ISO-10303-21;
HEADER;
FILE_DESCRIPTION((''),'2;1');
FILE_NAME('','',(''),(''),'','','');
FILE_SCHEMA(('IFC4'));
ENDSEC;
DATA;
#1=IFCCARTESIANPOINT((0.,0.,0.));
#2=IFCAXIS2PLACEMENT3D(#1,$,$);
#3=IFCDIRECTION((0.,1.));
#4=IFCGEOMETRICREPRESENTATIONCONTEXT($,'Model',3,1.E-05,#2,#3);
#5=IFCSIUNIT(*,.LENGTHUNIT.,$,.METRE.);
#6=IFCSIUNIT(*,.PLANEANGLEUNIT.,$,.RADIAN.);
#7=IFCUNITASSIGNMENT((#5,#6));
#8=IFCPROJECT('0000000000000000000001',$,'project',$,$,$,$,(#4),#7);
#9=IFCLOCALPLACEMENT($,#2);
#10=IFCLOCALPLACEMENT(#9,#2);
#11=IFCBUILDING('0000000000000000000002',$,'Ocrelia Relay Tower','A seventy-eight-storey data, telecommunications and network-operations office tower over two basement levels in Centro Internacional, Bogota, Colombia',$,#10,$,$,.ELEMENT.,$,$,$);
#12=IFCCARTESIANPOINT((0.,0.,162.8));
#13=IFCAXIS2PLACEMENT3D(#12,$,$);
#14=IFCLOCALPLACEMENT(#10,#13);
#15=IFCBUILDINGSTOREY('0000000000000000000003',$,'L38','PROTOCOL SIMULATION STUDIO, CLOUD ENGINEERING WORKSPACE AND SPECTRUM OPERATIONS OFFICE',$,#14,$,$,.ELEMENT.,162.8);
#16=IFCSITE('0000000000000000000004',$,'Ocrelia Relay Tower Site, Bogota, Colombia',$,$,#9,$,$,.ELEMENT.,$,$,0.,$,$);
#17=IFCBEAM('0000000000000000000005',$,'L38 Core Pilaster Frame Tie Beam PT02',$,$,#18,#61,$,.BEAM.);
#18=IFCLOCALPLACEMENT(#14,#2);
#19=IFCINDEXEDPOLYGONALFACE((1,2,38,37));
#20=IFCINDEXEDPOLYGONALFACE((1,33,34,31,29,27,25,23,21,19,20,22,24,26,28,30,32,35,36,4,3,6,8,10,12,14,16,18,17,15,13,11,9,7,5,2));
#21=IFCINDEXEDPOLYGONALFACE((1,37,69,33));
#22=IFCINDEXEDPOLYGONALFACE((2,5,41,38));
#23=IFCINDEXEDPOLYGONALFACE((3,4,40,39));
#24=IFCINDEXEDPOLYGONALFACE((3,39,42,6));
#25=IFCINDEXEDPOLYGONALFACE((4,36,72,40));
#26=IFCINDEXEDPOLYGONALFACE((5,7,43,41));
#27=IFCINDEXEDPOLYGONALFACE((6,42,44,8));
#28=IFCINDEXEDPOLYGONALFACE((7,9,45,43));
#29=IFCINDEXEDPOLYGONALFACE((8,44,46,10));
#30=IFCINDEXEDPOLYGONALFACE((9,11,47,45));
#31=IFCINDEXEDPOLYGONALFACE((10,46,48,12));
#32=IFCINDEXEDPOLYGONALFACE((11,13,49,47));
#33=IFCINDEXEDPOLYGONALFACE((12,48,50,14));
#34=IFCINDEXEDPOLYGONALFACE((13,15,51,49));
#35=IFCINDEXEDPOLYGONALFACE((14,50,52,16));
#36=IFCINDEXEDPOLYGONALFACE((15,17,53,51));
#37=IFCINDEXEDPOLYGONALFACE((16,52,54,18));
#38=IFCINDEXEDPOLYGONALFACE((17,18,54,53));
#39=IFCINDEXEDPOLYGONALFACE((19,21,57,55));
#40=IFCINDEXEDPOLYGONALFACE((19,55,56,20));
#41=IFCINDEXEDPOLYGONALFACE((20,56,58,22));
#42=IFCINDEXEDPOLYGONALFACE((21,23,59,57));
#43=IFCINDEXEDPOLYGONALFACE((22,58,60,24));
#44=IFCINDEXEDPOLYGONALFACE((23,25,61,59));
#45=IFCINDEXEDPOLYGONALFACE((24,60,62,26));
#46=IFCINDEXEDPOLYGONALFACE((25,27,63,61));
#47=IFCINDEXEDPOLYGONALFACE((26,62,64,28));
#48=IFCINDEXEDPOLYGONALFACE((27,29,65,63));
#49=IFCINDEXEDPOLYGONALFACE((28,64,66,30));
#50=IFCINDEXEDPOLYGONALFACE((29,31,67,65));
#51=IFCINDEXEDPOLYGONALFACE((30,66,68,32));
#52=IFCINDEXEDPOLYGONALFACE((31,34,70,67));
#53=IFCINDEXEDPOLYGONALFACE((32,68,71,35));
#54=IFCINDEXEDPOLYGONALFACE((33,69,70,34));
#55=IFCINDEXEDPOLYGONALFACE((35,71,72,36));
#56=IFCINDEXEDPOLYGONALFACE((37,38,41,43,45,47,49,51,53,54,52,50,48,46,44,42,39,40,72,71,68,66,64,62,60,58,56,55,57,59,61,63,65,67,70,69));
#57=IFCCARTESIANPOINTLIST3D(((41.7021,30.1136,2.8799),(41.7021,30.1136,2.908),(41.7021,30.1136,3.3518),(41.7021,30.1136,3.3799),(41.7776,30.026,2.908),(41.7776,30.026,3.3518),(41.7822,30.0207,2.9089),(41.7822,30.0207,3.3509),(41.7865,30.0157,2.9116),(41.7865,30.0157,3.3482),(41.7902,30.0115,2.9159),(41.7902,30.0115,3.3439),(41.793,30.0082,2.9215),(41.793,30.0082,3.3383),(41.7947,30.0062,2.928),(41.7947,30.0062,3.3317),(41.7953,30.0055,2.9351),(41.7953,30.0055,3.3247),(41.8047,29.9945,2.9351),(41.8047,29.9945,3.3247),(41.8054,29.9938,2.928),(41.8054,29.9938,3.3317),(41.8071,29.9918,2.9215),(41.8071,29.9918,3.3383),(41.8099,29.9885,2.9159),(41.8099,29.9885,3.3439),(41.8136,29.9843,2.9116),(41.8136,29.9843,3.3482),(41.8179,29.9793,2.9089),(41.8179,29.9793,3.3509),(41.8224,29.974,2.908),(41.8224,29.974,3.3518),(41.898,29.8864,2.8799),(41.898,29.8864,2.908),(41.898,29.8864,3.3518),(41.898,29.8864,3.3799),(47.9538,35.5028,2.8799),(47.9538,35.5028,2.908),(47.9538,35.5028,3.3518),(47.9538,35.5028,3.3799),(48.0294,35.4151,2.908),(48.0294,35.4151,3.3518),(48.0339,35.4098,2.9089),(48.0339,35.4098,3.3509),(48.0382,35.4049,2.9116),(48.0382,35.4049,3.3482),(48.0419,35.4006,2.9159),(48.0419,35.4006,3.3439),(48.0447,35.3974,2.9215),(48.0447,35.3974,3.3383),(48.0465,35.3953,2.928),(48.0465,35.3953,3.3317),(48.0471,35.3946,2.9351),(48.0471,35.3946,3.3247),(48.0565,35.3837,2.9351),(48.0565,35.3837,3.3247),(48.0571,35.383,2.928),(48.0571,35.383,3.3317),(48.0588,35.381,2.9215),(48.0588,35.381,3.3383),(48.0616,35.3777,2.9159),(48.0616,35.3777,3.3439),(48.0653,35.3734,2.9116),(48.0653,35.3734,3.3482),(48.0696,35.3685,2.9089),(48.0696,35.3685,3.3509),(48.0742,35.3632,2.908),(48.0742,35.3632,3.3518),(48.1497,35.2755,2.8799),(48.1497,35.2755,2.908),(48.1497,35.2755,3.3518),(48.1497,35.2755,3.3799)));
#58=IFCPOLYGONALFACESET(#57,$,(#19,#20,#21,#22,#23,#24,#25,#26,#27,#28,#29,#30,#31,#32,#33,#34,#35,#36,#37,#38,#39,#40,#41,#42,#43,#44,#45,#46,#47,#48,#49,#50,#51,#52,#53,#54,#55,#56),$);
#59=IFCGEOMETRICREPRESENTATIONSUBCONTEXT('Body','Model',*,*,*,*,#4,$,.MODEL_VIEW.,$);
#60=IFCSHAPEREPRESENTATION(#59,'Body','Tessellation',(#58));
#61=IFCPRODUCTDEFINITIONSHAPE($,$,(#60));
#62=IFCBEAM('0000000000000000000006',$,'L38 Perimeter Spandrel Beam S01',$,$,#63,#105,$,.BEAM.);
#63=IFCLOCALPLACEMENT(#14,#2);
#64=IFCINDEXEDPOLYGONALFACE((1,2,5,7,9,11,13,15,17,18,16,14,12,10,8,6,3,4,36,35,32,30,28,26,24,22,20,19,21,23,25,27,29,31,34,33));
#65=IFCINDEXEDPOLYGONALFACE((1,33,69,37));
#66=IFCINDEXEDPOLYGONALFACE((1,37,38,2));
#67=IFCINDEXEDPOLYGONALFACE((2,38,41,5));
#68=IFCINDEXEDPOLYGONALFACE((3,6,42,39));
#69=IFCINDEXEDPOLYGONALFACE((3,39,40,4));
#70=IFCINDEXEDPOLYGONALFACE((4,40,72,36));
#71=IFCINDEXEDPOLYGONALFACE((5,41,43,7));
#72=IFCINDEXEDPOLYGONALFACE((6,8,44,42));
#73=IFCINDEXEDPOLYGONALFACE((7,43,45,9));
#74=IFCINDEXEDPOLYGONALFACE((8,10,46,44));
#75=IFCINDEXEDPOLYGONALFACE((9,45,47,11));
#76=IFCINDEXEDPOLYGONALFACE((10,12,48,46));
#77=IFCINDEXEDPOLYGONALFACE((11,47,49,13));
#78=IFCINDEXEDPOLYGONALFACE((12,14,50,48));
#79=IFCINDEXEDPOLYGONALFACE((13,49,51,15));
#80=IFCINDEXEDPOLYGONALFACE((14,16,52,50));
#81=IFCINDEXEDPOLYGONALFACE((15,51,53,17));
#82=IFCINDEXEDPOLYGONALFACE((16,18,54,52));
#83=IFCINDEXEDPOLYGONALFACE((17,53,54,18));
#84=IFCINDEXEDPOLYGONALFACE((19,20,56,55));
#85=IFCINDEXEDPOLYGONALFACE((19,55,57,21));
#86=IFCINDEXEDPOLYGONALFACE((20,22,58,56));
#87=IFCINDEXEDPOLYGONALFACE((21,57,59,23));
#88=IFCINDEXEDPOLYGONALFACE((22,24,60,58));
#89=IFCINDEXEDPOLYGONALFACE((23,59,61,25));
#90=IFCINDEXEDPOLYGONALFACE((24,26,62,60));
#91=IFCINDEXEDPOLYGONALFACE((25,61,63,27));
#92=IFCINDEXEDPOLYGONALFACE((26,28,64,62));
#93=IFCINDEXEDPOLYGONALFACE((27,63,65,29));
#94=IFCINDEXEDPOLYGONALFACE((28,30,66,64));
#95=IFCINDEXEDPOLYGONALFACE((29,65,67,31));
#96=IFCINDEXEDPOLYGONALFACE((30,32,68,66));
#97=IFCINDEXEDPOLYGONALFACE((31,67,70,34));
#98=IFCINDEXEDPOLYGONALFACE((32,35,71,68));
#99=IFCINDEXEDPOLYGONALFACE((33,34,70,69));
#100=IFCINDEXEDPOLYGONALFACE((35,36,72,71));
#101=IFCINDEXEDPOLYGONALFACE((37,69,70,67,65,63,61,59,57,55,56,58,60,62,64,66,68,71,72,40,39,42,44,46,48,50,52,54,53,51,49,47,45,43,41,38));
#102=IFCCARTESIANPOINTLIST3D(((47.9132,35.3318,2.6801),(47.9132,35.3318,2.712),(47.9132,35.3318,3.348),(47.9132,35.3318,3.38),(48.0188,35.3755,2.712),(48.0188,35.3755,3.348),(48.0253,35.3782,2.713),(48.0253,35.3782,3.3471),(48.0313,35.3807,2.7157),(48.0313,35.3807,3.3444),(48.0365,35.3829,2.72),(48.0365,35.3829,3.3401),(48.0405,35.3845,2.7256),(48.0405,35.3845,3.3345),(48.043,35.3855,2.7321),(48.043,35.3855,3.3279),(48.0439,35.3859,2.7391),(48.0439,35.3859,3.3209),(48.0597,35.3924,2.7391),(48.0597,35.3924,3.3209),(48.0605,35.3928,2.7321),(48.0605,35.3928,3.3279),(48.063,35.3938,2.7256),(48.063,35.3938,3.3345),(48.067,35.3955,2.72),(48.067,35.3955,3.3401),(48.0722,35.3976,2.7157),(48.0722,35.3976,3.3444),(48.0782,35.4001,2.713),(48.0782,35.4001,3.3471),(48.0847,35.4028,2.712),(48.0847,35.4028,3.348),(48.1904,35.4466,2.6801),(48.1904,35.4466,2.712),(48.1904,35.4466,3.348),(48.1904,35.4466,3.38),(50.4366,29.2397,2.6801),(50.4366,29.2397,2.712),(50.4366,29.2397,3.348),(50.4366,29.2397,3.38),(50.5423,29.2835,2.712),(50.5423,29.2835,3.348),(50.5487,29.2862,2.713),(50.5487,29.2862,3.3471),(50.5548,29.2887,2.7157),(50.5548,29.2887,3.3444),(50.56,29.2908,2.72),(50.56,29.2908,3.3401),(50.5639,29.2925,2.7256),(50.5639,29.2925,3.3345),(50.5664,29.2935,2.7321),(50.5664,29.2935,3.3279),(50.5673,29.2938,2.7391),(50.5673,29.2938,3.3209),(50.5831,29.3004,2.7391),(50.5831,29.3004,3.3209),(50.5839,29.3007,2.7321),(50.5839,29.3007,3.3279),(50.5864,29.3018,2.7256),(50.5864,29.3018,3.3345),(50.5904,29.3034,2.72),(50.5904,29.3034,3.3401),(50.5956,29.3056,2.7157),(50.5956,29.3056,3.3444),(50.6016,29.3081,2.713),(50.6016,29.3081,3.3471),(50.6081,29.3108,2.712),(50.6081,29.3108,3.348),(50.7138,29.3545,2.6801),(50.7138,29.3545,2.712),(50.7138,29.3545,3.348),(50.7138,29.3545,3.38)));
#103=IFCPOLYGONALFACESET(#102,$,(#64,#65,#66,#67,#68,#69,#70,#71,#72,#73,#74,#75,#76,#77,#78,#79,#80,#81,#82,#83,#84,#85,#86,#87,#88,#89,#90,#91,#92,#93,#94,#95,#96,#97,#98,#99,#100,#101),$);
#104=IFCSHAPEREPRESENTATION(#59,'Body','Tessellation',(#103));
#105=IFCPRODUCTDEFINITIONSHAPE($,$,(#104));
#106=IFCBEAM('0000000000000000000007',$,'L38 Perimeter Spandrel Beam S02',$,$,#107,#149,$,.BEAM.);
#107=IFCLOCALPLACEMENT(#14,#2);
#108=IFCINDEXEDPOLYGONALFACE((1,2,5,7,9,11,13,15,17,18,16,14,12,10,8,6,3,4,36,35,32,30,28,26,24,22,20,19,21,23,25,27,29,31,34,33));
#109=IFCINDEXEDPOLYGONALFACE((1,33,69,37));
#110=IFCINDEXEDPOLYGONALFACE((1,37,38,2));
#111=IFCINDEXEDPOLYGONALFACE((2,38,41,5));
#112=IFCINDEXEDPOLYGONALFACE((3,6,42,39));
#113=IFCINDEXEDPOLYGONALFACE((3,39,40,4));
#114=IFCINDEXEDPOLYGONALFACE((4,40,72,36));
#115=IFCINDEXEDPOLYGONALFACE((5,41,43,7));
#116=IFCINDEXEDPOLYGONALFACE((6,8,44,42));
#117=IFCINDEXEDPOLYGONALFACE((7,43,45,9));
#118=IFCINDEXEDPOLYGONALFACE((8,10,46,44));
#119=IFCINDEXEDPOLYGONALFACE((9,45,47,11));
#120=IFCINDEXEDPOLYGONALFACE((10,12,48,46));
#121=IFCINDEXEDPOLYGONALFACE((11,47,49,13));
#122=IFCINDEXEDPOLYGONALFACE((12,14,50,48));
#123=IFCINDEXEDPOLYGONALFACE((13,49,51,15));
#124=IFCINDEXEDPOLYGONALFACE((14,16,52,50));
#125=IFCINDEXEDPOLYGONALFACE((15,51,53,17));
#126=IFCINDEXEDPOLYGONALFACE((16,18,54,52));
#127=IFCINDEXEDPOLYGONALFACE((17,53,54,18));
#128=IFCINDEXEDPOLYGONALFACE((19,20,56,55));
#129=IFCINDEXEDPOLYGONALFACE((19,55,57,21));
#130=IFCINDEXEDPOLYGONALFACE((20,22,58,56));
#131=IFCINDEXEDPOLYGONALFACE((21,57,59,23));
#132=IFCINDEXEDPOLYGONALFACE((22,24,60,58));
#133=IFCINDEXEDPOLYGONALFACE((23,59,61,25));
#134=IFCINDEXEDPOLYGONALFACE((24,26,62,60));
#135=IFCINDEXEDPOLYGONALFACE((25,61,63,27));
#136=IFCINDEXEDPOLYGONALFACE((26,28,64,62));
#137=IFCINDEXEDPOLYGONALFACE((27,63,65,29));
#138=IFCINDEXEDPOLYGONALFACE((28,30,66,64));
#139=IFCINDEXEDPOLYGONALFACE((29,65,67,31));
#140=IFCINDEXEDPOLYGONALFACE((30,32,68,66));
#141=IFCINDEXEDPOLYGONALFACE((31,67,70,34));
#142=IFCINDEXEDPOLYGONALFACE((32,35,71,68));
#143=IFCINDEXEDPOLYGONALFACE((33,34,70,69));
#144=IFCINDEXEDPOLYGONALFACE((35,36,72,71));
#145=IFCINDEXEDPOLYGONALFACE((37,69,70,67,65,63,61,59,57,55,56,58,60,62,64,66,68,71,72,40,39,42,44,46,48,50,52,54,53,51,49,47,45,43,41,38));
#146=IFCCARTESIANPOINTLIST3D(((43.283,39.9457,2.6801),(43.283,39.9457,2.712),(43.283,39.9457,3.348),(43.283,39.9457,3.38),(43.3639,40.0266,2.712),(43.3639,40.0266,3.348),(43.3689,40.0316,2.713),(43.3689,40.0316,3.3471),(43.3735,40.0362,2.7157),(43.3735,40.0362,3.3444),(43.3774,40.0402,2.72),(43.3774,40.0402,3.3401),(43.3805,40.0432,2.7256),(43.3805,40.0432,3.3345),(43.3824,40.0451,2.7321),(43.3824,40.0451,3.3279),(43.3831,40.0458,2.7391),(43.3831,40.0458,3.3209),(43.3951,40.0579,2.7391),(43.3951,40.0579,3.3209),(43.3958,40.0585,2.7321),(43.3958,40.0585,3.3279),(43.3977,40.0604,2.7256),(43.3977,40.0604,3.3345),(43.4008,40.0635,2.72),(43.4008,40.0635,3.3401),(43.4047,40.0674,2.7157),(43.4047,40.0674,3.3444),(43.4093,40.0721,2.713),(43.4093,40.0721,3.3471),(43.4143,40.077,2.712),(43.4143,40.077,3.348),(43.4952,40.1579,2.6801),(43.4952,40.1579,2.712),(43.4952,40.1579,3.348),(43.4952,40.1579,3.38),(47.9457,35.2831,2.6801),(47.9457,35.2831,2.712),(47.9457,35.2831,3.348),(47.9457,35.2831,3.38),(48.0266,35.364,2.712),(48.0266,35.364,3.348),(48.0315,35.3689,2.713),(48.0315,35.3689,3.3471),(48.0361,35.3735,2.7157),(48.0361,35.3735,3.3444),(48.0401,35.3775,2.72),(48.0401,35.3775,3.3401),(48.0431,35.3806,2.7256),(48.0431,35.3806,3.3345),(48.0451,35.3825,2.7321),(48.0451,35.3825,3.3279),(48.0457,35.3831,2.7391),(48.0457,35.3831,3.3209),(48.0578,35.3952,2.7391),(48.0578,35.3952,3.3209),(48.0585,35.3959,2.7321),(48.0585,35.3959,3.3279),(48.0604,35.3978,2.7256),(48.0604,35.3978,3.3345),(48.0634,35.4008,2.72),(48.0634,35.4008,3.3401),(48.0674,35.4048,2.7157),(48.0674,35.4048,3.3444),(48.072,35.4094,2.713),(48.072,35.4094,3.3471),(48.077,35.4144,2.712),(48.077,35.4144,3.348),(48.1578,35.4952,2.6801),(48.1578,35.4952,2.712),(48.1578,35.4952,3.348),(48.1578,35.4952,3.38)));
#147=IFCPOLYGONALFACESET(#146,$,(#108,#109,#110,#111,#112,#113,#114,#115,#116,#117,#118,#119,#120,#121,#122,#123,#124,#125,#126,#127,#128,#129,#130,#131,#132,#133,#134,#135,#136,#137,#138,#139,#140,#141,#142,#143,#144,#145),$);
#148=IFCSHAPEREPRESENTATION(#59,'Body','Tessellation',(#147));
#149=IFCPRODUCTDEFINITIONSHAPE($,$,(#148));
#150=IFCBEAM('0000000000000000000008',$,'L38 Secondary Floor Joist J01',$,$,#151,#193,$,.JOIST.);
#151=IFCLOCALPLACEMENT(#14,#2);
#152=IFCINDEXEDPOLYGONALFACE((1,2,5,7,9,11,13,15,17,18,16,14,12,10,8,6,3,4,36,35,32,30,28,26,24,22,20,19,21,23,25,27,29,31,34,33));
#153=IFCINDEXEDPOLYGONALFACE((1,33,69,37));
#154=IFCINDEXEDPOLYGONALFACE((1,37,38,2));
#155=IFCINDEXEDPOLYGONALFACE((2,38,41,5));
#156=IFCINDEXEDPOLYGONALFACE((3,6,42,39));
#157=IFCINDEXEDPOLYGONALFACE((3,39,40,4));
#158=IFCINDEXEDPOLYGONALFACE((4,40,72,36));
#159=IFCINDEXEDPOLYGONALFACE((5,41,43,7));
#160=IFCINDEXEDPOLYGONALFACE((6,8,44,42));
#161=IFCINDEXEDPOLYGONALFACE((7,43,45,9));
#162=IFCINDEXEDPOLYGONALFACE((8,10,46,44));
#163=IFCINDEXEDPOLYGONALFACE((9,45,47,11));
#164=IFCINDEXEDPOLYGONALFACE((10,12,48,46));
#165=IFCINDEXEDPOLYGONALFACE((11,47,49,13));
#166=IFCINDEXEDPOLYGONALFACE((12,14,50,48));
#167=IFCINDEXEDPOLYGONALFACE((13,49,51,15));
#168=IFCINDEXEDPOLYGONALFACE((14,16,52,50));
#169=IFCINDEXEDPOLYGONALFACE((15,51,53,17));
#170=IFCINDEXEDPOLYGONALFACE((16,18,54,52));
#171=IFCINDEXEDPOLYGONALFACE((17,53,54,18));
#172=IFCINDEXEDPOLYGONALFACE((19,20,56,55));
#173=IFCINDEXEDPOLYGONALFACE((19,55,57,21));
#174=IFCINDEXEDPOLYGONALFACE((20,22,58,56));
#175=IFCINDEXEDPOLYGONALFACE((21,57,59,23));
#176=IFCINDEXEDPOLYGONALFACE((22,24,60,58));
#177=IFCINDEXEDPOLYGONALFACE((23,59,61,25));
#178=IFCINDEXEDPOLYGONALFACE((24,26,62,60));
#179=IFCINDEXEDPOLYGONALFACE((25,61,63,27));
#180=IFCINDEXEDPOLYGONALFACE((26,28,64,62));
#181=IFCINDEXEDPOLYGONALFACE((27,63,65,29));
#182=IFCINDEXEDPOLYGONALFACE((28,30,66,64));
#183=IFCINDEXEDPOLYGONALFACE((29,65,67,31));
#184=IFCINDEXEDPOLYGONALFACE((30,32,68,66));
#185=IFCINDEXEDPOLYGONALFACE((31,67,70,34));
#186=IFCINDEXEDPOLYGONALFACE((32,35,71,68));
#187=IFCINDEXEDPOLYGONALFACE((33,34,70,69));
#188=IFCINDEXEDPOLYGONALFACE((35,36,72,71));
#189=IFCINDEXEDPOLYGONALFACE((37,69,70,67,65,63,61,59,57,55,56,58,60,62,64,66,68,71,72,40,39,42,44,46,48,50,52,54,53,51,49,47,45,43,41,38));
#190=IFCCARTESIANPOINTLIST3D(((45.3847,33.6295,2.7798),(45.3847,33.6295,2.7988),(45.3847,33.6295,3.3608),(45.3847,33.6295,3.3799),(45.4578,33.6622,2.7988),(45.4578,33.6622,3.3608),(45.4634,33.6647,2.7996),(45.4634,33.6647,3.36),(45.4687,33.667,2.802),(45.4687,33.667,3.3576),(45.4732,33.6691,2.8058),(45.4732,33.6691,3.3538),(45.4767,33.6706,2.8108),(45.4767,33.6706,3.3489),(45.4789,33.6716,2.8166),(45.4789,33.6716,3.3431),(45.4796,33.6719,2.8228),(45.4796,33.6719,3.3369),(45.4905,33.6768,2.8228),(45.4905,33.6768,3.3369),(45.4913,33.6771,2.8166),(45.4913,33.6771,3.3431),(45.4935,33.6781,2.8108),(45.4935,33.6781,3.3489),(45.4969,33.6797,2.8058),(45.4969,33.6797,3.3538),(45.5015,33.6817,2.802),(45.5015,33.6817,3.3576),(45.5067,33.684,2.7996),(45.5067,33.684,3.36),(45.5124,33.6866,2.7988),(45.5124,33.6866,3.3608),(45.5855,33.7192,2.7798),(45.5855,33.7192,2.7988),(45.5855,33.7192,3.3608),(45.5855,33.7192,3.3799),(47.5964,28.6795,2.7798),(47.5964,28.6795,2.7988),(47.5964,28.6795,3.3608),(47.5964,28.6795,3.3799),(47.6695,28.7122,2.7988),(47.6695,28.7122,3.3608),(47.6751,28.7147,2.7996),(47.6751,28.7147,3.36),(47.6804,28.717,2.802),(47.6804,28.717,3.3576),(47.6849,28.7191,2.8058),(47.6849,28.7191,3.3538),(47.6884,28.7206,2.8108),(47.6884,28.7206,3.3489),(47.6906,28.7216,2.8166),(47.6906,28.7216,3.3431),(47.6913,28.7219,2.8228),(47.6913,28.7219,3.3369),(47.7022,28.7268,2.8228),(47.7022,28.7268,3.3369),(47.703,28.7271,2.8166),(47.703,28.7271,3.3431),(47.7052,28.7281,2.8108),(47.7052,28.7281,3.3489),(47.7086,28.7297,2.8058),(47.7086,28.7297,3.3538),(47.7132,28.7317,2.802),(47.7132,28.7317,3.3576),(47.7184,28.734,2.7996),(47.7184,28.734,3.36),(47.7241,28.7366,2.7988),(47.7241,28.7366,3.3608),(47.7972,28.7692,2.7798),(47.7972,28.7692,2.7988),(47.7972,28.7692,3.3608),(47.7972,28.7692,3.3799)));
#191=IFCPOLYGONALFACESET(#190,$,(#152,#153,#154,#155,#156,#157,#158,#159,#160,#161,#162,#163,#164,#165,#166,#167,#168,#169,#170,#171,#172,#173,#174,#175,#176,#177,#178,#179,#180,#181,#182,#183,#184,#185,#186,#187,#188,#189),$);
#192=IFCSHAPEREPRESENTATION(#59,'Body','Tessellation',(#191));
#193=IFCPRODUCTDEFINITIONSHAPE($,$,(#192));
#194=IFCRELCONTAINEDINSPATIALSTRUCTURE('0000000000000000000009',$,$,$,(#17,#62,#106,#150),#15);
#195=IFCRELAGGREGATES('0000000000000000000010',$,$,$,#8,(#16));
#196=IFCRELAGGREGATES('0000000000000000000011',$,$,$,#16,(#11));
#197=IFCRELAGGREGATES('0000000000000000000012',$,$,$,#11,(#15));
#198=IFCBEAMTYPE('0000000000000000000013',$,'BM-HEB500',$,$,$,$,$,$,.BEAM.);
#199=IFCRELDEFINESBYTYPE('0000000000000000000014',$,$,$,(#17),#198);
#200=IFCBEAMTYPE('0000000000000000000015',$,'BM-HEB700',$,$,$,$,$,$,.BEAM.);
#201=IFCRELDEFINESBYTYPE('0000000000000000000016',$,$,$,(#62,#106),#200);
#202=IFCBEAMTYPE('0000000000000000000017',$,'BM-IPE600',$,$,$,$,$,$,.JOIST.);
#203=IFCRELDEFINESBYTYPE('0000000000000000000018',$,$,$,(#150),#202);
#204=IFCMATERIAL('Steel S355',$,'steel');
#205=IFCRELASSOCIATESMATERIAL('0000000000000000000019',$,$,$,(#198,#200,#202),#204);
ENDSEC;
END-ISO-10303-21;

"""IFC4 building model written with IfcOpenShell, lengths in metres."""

from ifc_helpers import new_model, si_unit, direction, frame, origin, origin_2d, place, context, subcontext, project, spatial, i_section, extrude, material, material_profile, profile_set, type_object, element, save


model = new_model("IFC4")

# Units and contexts
model_context = context("Model", 3, precision=1e-05, world=origin(), true_north=direction((0.0, 1.0)))
body_context = subcontext(model_context, "Body", "Model", "MODEL_VIEW")
ifc_project = project(units=[si_unit("LENGTHUNIT", "METRE"), si_unit("PLANEANGLEUNIT", "RADIAN")], contexts=[model_context])

# Site, building, storey
site_placement = place(None, origin())
site = spatial("IfcSite", under=ifc_project, at=site_placement, Name="Ocrelia Relay Tower Site, Bogota, Colombia", CompositionType="ELEMENT", RefElevation=0.0)
building_placement = place(site_placement, origin())
building = spatial("IfcBuilding", under=site, at=building_placement, Name="Ocrelia Relay Tower", Description="A seventy-eight-storey data, telecommunications and network-operations office tower over two basement levels in Centro Internacional, Bogota, Colombia", CompositionType="ELEMENT")
storey_placement = place(building_placement, frame((0.0, 0.0, 162.8)))
storey = spatial("IfcBuildingStorey", under=building, at=storey_placement, Name="L38", Description="PROTOCOL SIMULATION STUDIO, CLOUD ENGINEERING WORKSPACE AND SPECTRUM OPERATIONS OFFICE", CompositionType="ELEMENT", Elevation=162.8)

# Beams
ifc_material_1 = material(Name="Steel S355", Category="steel")
ifc_material_profile_1 = material_profile(ifc_material_1, i_section(OverallWidth=0.3, OverallDepth=0.5, WebThickness=0.0144, FlangeThickness=0.0281, FilletRadius=0.0271, at=origin_2d()), Name="HEB 500")
ifc_profile_set_1 = profile_set([ifc_material_profile_1], Name="Steel S355")
beam_type_1 = type_object("IfcBeamType", Name="BM-HEB500", PredefinedType="BEAM", material=ifc_profile_set_1)
beam_1_placement = place(storey_placement, frame((48.0518, 35.3892, 3.1299), z_axis=(-0.757425, -0.652923, 0.0), x_axis=(0.652923, -0.757425, 0.0)))
element("IfcBeam", 1, at=beam_1_placement, inside=storey, type_object=beam_type_1, Name="L38 Core Pilaster Frame Tie Beam PT02", PredefinedType="BEAM", context=body_context, shape_type="SweptSolid", body=[
    extrude(i_section(OverallWidth=0.3, OverallDepth=0.5, WebThickness=0.0144, FlangeThickness=0.0281, FilletRadius=0.0271, at=origin_2d()), origin(), (0.0, 0.0, 1.0), 8.2539),
])
ifc_material_profile_2 = material_profile(ifc_material_1, i_section(OverallWidth=0.3, OverallDepth=0.7, WebThickness=0.0171, FlangeThickness=0.032, FilletRadius=0.0271, at=origin_2d()), Name="HEB 700")
ifc_profile_set_2 = profile_set([ifc_material_profile_2], Name="Steel S355")
beam_type_2 = type_object("IfcBeamType", Name="BM-HEB700", PredefinedType="BEAM", material=ifc_profile_set_2)
for number, where, z_axis, x_axis, name in (
    (2, (50.5752, 29.2971, 3.03), (-0.382688, 0.923878, 0.0), (-0.923878, -0.382688, 0.0), "L38 Perimeter Spandrel Beam S01"),
    (3, (48.0518, 35.3892, 3.03), (-0.707107, 0.707107, 0.0), (-0.707107, -0.707107, 0.0), "L38 Perimeter Spandrel Beam S02"),
):
    element("IfcBeam", number, at=place(storey_placement, frame(where, z_axis=z_axis, x_axis=x_axis)), inside=storey, type_object=beam_type_2, Name=name, PredefinedType="BEAM", context=body_context, shape_type="SweptSolid", body=[
        extrude(i_section(OverallWidth=0.3, OverallDepth=0.7, WebThickness=0.0171, FlangeThickness=0.032, FilletRadius=0.0271, at=origin_2d()), origin(), (0.0, 0.0, 1.0), 6.594),
    ])
ifc_material_profile_3 = material_profile(ifc_material_1, i_section(OverallWidth=0.22, OverallDepth=0.6001, WebThickness=0.012, FlangeThickness=0.019, FilletRadius=0.0239, at=origin_2d()), Name="IPE 600")
ifc_profile_set_3 = profile_set([ifc_material_profile_3], Name="Steel S355")
beam_type_3 = type_object("IfcBeamType", Name="BM-IPE600", PredefinedType="JOIST", material=ifc_profile_set_3)
beam_2_placement = place(storey_placement, frame((47.6968, 28.7244, 3.0798), z_axis=(-0.407938, 0.913009, 0.0), x_axis=(-0.913009, -0.407938, 0.0)))
element("IfcBeam", 4, at=beam_2_placement, inside=storey, type_object=beam_type_3, Name="L38 Secondary Floor Joist J01", PredefinedType="JOIST", context=body_context, shape_type="SweptSolid", body=[
    extrude(i_section(OverallWidth=0.22, OverallDepth=0.6001, WebThickness=0.012, FlangeThickness=0.019, FilletRadius=0.0239, at=origin_2d()), origin(), (0.0, 0.0, 1.0), 5.4216),
])

save(model, "model.ifc")
